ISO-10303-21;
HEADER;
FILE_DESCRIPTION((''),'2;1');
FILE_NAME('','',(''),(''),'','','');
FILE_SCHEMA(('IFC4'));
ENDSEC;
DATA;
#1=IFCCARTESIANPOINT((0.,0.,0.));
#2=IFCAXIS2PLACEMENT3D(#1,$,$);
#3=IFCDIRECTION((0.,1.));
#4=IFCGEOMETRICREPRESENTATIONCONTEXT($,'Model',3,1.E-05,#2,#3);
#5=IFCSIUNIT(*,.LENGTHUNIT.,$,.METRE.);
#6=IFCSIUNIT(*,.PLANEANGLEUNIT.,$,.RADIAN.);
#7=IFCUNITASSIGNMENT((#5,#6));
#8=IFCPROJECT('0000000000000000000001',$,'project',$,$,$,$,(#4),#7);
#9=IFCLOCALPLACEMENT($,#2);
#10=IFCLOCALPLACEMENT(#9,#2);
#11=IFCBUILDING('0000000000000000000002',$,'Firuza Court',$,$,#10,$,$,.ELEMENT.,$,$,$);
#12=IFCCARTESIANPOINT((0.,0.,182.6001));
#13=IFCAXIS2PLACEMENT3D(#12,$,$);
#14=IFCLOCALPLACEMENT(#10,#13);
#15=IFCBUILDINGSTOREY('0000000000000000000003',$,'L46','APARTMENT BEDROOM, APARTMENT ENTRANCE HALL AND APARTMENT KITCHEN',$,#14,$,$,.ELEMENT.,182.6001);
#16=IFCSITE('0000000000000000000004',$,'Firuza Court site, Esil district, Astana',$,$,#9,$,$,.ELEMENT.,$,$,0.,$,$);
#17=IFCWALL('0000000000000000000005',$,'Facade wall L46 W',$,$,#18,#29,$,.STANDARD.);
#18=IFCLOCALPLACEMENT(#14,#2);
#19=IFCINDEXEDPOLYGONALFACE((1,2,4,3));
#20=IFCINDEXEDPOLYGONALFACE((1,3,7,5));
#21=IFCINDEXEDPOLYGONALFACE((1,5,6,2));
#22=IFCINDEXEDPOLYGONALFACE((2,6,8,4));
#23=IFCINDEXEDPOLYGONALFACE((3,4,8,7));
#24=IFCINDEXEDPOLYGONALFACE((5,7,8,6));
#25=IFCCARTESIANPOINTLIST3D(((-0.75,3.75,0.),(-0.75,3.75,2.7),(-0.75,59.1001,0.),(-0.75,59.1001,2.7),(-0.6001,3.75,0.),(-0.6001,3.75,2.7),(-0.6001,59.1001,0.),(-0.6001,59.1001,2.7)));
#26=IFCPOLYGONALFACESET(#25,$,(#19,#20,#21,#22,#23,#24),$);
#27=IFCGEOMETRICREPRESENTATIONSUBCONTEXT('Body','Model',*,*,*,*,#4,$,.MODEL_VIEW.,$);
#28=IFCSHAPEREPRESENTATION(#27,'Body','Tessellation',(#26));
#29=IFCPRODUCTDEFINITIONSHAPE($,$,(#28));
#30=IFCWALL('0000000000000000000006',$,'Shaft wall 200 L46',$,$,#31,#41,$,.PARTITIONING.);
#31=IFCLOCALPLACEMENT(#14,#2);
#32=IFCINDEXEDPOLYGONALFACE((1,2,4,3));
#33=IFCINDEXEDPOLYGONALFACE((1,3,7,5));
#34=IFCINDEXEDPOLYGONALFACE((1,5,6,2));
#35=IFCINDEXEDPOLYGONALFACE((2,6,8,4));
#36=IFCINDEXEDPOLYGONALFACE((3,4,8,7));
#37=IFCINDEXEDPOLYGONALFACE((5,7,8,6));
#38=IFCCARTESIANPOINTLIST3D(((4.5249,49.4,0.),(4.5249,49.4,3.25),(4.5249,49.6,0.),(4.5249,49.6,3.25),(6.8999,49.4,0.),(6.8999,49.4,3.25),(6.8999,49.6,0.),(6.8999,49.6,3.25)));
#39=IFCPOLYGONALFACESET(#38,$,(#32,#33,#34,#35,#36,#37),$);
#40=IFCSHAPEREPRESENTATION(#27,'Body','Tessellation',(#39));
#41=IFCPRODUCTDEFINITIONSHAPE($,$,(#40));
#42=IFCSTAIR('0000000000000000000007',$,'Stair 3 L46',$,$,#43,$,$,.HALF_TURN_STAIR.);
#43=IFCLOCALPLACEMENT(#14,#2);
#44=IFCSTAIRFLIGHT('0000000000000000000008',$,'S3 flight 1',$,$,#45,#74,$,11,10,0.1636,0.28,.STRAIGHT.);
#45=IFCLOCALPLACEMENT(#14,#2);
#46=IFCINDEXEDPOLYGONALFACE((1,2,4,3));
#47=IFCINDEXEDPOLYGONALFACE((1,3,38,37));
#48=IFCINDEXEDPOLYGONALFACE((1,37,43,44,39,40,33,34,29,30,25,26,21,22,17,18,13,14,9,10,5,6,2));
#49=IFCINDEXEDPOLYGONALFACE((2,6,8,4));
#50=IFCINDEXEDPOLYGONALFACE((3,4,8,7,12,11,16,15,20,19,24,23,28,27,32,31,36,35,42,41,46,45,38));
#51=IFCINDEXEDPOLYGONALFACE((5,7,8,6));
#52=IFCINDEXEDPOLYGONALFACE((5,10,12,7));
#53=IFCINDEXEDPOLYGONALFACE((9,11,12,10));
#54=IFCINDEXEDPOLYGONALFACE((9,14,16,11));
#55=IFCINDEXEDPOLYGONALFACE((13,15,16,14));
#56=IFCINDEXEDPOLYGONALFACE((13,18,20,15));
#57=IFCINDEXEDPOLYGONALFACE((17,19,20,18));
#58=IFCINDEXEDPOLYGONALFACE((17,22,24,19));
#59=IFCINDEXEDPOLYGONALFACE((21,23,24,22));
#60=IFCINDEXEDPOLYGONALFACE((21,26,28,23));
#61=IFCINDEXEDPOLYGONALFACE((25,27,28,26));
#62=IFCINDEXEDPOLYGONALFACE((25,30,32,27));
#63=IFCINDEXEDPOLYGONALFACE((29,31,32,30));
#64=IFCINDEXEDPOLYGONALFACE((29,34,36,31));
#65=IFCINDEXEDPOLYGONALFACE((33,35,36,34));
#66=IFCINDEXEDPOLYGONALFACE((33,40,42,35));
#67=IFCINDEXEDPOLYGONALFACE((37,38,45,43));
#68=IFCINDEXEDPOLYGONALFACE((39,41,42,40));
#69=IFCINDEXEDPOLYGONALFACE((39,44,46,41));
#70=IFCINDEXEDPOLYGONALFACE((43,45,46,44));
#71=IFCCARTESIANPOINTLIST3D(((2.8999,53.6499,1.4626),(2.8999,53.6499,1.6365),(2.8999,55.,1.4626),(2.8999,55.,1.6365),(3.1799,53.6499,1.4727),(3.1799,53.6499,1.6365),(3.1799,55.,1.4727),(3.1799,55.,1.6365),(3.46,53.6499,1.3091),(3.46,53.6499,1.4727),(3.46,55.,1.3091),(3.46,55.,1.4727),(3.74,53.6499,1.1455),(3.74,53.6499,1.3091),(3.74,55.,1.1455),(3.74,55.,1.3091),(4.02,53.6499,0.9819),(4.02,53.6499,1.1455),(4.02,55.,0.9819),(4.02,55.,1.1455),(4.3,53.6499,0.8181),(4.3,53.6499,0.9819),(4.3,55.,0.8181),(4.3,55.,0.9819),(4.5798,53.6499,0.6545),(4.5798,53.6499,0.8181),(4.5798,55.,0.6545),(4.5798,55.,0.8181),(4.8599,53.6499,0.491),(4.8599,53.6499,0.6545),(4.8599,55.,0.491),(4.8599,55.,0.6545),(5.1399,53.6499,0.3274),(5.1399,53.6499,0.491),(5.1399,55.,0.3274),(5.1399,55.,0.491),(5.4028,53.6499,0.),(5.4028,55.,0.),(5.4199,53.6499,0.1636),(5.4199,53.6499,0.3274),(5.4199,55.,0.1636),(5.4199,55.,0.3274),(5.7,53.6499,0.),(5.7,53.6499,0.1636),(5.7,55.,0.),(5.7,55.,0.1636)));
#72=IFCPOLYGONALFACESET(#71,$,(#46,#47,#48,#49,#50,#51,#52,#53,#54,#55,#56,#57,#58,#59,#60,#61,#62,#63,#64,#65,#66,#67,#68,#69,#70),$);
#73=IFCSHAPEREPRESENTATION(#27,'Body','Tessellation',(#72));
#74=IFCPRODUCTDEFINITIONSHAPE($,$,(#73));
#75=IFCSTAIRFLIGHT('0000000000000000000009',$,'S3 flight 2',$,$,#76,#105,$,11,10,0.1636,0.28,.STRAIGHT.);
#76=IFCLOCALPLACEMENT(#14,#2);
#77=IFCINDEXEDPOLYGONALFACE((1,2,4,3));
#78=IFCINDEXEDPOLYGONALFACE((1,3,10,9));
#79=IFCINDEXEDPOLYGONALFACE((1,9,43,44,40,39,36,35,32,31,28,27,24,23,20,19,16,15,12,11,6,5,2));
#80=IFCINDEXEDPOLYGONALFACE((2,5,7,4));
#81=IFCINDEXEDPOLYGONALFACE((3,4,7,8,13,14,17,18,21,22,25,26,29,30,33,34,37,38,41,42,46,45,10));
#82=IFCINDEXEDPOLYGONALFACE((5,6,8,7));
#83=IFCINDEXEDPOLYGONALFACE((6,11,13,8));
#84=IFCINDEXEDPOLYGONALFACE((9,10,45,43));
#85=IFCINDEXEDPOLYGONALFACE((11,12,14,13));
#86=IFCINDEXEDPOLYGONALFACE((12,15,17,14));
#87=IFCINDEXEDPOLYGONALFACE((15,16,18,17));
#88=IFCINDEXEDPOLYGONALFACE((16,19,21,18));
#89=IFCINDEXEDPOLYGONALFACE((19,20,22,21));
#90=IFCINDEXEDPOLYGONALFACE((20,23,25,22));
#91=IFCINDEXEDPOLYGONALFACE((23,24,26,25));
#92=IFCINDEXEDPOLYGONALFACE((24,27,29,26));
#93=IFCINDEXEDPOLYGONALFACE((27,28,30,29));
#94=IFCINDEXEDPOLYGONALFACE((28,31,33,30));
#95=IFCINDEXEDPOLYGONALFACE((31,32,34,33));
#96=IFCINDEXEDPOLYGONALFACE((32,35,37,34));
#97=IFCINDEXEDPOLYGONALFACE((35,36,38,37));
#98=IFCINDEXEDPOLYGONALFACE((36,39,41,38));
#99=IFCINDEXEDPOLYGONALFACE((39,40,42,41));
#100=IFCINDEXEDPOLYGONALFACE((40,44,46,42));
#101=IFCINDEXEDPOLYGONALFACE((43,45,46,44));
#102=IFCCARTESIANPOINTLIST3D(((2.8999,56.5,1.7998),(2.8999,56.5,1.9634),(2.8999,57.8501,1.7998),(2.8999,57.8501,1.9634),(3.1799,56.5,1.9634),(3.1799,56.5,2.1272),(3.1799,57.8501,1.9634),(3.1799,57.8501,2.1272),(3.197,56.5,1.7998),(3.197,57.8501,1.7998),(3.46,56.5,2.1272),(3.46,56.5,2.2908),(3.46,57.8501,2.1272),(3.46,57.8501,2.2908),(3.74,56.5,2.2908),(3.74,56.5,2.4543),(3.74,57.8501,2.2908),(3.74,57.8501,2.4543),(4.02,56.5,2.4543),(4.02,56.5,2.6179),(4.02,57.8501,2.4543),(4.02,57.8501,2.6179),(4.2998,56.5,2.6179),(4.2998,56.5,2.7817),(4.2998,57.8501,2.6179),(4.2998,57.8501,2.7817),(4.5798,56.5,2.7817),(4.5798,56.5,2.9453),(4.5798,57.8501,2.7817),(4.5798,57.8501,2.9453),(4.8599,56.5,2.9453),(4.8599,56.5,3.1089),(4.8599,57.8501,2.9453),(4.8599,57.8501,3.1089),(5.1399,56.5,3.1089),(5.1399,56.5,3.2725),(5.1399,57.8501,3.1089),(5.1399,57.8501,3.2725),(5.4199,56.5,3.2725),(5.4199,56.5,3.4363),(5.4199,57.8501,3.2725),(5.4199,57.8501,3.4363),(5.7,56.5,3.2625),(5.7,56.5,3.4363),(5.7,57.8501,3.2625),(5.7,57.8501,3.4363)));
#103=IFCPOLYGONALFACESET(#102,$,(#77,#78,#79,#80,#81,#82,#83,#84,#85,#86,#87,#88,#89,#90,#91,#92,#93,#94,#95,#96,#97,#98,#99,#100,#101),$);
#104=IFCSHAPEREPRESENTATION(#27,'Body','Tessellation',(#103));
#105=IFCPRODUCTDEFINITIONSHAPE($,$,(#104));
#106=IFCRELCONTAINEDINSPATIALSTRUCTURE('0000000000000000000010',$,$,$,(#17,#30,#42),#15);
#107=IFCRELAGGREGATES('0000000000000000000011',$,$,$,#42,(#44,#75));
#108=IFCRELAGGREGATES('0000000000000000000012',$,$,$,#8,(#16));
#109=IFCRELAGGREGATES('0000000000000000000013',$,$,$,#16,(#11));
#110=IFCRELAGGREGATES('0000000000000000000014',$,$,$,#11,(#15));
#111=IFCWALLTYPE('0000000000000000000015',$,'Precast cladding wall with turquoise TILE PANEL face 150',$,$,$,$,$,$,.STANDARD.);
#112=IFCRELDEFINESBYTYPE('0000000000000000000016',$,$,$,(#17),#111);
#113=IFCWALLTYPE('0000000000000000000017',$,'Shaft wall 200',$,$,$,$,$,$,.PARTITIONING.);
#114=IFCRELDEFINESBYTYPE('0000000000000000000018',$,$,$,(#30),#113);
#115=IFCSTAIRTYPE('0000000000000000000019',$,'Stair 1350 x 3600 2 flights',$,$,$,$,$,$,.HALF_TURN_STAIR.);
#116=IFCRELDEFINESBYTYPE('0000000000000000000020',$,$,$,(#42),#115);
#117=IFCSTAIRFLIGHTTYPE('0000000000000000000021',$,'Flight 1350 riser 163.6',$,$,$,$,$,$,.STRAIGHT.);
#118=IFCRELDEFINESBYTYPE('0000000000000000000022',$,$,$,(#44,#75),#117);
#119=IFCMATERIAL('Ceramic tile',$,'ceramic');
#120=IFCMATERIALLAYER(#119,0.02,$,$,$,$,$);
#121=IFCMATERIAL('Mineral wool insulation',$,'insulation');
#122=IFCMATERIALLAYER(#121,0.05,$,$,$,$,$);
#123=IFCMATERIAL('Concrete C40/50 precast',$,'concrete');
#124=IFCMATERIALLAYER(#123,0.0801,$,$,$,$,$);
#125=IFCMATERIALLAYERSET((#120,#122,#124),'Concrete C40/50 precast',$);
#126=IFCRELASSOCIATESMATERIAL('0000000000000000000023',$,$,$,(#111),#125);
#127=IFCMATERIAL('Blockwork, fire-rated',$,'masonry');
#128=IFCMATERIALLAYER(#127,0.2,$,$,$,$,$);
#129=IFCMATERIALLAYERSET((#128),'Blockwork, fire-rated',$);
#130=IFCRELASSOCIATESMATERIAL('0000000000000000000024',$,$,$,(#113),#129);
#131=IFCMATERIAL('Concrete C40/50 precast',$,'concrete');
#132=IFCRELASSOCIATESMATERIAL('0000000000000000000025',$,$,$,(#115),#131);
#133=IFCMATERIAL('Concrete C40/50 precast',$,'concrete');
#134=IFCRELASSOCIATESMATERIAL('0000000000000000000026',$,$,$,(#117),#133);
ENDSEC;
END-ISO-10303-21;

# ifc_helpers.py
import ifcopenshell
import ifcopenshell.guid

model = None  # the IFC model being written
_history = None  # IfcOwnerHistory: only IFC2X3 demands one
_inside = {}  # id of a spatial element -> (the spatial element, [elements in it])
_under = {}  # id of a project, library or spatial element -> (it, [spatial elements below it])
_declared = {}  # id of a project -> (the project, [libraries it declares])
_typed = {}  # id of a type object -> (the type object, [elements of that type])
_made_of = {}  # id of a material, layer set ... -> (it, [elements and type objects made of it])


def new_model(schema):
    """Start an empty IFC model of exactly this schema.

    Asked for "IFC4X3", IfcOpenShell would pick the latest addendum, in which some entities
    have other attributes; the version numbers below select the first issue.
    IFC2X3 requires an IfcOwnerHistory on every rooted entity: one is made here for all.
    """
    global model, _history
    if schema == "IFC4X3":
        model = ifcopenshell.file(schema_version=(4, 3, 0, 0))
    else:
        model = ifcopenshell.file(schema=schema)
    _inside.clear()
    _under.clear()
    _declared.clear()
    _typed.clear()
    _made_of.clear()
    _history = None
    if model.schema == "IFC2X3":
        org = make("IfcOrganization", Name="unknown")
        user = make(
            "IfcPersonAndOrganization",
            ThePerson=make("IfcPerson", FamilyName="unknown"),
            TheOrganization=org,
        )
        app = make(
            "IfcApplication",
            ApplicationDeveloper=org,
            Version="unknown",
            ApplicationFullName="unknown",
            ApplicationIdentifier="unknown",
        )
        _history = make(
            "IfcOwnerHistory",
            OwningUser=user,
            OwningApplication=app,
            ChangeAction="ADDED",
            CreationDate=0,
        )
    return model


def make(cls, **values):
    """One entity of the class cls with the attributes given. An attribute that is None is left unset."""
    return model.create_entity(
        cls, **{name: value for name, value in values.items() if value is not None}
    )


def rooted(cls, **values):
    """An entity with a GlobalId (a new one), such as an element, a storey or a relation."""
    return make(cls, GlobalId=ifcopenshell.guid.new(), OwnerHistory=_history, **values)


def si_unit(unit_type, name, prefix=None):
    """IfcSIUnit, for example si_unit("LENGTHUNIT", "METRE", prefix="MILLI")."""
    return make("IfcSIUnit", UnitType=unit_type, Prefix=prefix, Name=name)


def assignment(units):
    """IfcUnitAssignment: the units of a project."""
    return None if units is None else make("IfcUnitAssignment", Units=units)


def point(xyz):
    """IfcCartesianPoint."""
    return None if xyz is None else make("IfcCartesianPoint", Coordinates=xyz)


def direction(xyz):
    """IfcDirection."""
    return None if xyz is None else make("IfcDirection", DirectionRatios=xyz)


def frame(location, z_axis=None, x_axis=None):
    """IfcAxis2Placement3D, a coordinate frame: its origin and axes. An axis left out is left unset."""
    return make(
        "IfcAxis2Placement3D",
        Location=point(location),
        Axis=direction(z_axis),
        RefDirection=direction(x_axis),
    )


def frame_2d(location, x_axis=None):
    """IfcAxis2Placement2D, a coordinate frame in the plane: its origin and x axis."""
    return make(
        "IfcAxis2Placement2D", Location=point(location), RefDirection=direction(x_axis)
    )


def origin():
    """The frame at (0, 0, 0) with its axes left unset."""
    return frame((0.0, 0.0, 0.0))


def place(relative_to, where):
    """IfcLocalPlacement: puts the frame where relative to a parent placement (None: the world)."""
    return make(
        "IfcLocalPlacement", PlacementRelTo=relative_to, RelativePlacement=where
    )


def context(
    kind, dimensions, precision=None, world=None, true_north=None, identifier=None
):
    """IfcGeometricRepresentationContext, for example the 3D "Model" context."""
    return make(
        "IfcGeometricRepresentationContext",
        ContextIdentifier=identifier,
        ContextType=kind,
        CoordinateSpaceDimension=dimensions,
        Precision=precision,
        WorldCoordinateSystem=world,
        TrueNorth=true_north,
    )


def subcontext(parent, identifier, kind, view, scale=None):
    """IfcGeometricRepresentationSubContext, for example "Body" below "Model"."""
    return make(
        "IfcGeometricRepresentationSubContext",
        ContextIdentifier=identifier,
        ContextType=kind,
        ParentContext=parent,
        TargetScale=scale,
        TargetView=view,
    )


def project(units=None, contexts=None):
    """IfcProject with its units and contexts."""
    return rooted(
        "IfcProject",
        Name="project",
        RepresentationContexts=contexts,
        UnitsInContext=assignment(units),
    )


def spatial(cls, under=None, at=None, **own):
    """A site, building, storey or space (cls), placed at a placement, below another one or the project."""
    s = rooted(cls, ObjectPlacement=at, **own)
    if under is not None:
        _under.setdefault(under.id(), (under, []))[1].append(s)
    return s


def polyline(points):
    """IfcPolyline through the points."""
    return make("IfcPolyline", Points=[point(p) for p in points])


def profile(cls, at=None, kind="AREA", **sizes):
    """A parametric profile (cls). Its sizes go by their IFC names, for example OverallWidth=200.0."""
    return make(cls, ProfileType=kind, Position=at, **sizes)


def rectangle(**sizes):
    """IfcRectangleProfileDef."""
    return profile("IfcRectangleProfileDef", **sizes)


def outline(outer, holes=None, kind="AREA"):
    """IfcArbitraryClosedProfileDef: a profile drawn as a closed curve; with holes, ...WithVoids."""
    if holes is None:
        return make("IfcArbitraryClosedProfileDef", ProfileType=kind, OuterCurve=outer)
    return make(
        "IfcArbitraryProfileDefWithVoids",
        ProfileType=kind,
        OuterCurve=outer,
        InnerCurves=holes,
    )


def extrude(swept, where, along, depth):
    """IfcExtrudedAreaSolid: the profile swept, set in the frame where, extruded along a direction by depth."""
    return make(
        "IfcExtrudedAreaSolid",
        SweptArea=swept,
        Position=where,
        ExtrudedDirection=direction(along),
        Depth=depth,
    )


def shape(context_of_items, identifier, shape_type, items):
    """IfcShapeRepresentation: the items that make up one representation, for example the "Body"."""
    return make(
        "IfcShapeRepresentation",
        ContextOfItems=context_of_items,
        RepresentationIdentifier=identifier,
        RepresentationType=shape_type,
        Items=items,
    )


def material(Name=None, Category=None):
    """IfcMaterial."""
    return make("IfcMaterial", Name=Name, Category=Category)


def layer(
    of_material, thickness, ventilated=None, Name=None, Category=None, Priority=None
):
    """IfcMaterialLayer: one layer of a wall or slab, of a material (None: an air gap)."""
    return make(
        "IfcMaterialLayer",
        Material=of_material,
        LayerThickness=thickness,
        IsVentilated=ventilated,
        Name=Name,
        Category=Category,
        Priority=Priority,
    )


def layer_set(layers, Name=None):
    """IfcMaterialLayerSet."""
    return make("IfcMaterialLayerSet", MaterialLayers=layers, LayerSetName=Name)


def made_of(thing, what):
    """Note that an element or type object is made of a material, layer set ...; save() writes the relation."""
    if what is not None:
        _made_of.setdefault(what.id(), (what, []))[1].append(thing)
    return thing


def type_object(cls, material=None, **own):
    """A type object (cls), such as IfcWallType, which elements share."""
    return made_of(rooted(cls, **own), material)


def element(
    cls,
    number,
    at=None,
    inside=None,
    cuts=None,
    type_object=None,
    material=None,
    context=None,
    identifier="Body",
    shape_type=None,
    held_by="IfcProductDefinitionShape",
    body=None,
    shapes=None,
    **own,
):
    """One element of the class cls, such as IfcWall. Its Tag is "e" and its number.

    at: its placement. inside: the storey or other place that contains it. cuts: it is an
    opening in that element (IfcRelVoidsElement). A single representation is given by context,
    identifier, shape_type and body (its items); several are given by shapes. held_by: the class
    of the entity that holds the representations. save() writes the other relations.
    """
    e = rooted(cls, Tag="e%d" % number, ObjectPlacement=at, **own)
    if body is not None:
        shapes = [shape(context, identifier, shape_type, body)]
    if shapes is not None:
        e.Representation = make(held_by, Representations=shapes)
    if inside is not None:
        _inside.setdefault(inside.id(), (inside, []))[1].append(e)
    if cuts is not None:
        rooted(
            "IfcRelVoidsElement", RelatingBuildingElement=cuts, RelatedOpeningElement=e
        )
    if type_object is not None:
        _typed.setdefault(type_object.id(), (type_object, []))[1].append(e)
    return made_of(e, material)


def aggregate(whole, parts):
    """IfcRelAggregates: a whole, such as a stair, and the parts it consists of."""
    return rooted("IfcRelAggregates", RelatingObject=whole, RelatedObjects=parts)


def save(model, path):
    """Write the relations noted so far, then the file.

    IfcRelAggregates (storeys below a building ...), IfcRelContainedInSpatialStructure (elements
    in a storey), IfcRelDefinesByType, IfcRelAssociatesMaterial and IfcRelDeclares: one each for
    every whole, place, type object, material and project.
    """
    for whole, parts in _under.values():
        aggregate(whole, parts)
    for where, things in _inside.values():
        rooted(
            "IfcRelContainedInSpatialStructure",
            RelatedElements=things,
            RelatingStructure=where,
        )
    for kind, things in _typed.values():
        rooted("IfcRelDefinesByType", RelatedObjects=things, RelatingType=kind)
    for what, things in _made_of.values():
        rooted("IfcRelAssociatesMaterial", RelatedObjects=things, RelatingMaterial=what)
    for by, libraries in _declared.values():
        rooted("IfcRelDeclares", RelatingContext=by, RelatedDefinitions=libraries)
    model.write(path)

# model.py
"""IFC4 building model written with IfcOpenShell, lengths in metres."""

from ifc_helpers import new_model, si_unit, direction, frame, frame_2d, origin, place, context, subcontext, project, spatial, polyline, rectangle, outline, extrude, material, layer, layer_set, type_object, element, aggregate, save


model = new_model("IFC4")

# Units and contexts
model_context = context("Model", 3, precision=1e-05, world=origin(), true_north=direction((0.0, 1.0)))
body_context = subcontext(model_context, "Body", "Model", "MODEL_VIEW")
ifc_project = project(units=[si_unit("LENGTHUNIT", "METRE"), si_unit("PLANEANGLEUNIT", "RADIAN")], contexts=[model_context])

# Site, building, storey
site_placement = place(None, origin())
site = spatial("IfcSite", under=ifc_project, at=site_placement, Name="Firuza Court site, Esil district, Astana", CompositionType="ELEMENT", RefElevation=0.0)
building_placement = place(site_placement, origin())
building = spatial("IfcBuilding", under=site, at=building_placement, Name="Firuza Court", CompositionType="ELEMENT")
storey_placement = place(building_placement, frame((0.0, 0.0, 182.6001)))
storey = spatial("IfcBuildingStorey", under=building, at=storey_placement, Name="L46", Description="APARTMENT BEDROOM, APARTMENT ENTRANCE HALL AND APARTMENT KITCHEN", CompositionType="ELEMENT", Elevation=182.6001)

# Walls
ifc_material_1 = material(Name="Ceramic tile", Category="ceramic")
ifc_layer_1 = layer(ifc_material_1, 0.02)
ifc_material_2 = material(Name="Mineral wool insulation", Category="insulation")
ifc_layer_2 = layer(ifc_material_2, 0.05)
ifc_material_3 = material(Name="Concrete C40/50 precast", Category="concrete")
ifc_layer_3 = layer(ifc_material_3, 0.0801)
ifc_layer_set_1 = layer_set([ifc_layer_1, ifc_layer_2, ifc_layer_3], Name="Concrete C40/50 precast")
wall_type_1 = type_object("IfcWallType", Name="Precast cladding wall with turquoise TILE PANEL face 150", PredefinedType="STANDARD", material=ifc_layer_set_1)
wall_1_placement = place(storey_placement, frame((-0.675, 59.1001, 0.0), z_axis=(0.0, 0.0, 1.0), x_axis=(0.0, -1.0, 0.0)))
element("IfcWall", 1, at=wall_1_placement, inside=storey, type_object=wall_type_1, Name="Facade wall L46 W", PredefinedType="STANDARD", context=body_context, shape_type="SweptSolid", body=[
    extrude(rectangle(XDim=55.3501, YDim=0.1499, at=frame_2d((27.675, 0.0))), origin(), (0.0, 0.0, 1.0), 2.7),
])
ifc_material_4 = material(Name="Blockwork, fire-rated", Category="masonry")
ifc_layer_4 = layer(ifc_material_4, 0.2)
ifc_layer_set_2 = layer_set([ifc_layer_4], Name="Blockwork, fire-rated")
wall_type_2 = type_object("IfcWallType", Name="Shaft wall 200", PredefinedType="PARTITIONING", material=ifc_layer_set_2)
wall_2_placement = place(storey_placement, frame((4.5249, 49.5, 0.0), z_axis=(0.0, 0.0, 1.0), x_axis=(1.0, 0.0, 0.0)))
element("IfcWall", 2, at=wall_2_placement, inside=storey, type_object=wall_type_2, Name="Shaft wall 200 L46", PredefinedType="PARTITIONING", context=body_context, shape_type="SweptSolid", body=[
    extrude(rectangle(XDim=2.375, YDim=0.2, at=frame_2d((1.1875, 0.0))), origin(), (0.0, 0.0, 1.0), 3.25),
])

# Stair, stair flights
ifc_material_5 = material(Name="Concrete C40/50 precast", Category="concrete")
stair_type = type_object("IfcStairType", Name="Stair 1350 x 3600 2 flights", PredefinedType="HALF_TURN_STAIR", material=ifc_material_5)
stair_placement = place(storey_placement, origin())
stair = element("IfcStair", 3, at=stair_placement, inside=storey, type_object=stair_type, Name="Stair 3 L46", PredefinedType="HALF_TURN_STAIR")
ifc_material_6 = material(Name="Concrete C40/50 precast", Category="concrete")
stair_flight_type = type_object("IfcStairFlightType", Name="Flight 1350 riser 163.6", PredefinedType="STRAIGHT", material=ifc_material_6)
stair_flight_1_placement = place(storey_placement, frame((5.7, 54.325, 0.0), z_axis=(0.0, 0.0, 1.0), x_axis=(-1.0, 0.0, 0.0)))
stair_flight_1 = element("IfcStairFlight", 4, at=stair_flight_1_placement, type_object=stair_flight_type, Name="S3 flight 1", NumberOfRisers=11, NumberOfTreads=10, PredefinedType="STRAIGHT", RiserHeight=0.1636, TreadLength=0.28, context=body_context, shape_type="SweptSolid", body=[
    extrude(outline(polyline([(0.0, 0.0), (0.0, 0.1636), (0.28, 0.1636), (0.28, 0.3274), (0.5601, 0.3274), (0.5601, 0.491), (0.8401, 0.491), (0.8401, 0.6545), (1.1201, 0.6545), (1.1201, 0.8181), (1.3999, 0.8181), (1.3999, 0.9819), (1.6799, 0.9819), (1.6799, 1.1455), (1.96, 1.1455), (1.96, 1.3091), (2.24, 1.3091), (2.24, 1.4727), (2.52, 1.4727), (2.52, 1.6365), (2.8, 1.6365), (2.8, 1.8), (2.8, 1.4626), (0.2971, 0.0), (0.0, 0.0)])), frame((0.0, 0.675, 0.0), z_axis=(0.0, -1.0, 0.0), x_axis=(1.0, 0.0, 0.0)), (0.0, 0.0, 1.0), 1.3501),
])
stair_flight_2_placement = place(storey_placement, frame((2.8999, 57.175, 1.7998), z_axis=(0.0, 0.0, 1.0), x_axis=(1.0, 0.0, 0.0)))
stair_flight_2 = element("IfcStairFlight", 5, at=stair_flight_2_placement, type_object=stair_flight_type, Name="S3 flight 2", NumberOfRisers=11, NumberOfTreads=10, PredefinedType="STRAIGHT", RiserHeight=0.1636, TreadLength=0.28, context=body_context, shape_type="SweptSolid", body=[
    extrude(outline(polyline([(0.0, 0.0), (0.0, 0.1636), (0.28, 0.1636), (0.28, 0.3274), (0.5601, 0.3274), (0.5601, 0.491), (0.8401, 0.491), (0.8401, 0.6545), (1.1201, 0.6545), (1.1201, 0.8181), (1.3999, 0.8181), (1.3999, 0.9819), (1.6799, 0.9819), (1.6799, 1.1455), (1.96, 1.1455), (1.96, 1.3091), (2.24, 1.3091), (2.24, 1.4727), (2.52, 1.4727), (2.52, 1.6365), (2.8, 1.6365), (2.8, 1.8), (2.8, 1.4626), (0.2971, 0.0), (0.0, 0.0)])), frame((0.0, 0.675, 0.0), z_axis=(0.0, -1.0, 0.0), x_axis=(1.0, 0.0, 0.0)), (0.0, 0.0, 1.0), 1.3501),
])
aggregate(stair, [stair_flight_1, stair_flight_2])

save(model, "model.ifc")
